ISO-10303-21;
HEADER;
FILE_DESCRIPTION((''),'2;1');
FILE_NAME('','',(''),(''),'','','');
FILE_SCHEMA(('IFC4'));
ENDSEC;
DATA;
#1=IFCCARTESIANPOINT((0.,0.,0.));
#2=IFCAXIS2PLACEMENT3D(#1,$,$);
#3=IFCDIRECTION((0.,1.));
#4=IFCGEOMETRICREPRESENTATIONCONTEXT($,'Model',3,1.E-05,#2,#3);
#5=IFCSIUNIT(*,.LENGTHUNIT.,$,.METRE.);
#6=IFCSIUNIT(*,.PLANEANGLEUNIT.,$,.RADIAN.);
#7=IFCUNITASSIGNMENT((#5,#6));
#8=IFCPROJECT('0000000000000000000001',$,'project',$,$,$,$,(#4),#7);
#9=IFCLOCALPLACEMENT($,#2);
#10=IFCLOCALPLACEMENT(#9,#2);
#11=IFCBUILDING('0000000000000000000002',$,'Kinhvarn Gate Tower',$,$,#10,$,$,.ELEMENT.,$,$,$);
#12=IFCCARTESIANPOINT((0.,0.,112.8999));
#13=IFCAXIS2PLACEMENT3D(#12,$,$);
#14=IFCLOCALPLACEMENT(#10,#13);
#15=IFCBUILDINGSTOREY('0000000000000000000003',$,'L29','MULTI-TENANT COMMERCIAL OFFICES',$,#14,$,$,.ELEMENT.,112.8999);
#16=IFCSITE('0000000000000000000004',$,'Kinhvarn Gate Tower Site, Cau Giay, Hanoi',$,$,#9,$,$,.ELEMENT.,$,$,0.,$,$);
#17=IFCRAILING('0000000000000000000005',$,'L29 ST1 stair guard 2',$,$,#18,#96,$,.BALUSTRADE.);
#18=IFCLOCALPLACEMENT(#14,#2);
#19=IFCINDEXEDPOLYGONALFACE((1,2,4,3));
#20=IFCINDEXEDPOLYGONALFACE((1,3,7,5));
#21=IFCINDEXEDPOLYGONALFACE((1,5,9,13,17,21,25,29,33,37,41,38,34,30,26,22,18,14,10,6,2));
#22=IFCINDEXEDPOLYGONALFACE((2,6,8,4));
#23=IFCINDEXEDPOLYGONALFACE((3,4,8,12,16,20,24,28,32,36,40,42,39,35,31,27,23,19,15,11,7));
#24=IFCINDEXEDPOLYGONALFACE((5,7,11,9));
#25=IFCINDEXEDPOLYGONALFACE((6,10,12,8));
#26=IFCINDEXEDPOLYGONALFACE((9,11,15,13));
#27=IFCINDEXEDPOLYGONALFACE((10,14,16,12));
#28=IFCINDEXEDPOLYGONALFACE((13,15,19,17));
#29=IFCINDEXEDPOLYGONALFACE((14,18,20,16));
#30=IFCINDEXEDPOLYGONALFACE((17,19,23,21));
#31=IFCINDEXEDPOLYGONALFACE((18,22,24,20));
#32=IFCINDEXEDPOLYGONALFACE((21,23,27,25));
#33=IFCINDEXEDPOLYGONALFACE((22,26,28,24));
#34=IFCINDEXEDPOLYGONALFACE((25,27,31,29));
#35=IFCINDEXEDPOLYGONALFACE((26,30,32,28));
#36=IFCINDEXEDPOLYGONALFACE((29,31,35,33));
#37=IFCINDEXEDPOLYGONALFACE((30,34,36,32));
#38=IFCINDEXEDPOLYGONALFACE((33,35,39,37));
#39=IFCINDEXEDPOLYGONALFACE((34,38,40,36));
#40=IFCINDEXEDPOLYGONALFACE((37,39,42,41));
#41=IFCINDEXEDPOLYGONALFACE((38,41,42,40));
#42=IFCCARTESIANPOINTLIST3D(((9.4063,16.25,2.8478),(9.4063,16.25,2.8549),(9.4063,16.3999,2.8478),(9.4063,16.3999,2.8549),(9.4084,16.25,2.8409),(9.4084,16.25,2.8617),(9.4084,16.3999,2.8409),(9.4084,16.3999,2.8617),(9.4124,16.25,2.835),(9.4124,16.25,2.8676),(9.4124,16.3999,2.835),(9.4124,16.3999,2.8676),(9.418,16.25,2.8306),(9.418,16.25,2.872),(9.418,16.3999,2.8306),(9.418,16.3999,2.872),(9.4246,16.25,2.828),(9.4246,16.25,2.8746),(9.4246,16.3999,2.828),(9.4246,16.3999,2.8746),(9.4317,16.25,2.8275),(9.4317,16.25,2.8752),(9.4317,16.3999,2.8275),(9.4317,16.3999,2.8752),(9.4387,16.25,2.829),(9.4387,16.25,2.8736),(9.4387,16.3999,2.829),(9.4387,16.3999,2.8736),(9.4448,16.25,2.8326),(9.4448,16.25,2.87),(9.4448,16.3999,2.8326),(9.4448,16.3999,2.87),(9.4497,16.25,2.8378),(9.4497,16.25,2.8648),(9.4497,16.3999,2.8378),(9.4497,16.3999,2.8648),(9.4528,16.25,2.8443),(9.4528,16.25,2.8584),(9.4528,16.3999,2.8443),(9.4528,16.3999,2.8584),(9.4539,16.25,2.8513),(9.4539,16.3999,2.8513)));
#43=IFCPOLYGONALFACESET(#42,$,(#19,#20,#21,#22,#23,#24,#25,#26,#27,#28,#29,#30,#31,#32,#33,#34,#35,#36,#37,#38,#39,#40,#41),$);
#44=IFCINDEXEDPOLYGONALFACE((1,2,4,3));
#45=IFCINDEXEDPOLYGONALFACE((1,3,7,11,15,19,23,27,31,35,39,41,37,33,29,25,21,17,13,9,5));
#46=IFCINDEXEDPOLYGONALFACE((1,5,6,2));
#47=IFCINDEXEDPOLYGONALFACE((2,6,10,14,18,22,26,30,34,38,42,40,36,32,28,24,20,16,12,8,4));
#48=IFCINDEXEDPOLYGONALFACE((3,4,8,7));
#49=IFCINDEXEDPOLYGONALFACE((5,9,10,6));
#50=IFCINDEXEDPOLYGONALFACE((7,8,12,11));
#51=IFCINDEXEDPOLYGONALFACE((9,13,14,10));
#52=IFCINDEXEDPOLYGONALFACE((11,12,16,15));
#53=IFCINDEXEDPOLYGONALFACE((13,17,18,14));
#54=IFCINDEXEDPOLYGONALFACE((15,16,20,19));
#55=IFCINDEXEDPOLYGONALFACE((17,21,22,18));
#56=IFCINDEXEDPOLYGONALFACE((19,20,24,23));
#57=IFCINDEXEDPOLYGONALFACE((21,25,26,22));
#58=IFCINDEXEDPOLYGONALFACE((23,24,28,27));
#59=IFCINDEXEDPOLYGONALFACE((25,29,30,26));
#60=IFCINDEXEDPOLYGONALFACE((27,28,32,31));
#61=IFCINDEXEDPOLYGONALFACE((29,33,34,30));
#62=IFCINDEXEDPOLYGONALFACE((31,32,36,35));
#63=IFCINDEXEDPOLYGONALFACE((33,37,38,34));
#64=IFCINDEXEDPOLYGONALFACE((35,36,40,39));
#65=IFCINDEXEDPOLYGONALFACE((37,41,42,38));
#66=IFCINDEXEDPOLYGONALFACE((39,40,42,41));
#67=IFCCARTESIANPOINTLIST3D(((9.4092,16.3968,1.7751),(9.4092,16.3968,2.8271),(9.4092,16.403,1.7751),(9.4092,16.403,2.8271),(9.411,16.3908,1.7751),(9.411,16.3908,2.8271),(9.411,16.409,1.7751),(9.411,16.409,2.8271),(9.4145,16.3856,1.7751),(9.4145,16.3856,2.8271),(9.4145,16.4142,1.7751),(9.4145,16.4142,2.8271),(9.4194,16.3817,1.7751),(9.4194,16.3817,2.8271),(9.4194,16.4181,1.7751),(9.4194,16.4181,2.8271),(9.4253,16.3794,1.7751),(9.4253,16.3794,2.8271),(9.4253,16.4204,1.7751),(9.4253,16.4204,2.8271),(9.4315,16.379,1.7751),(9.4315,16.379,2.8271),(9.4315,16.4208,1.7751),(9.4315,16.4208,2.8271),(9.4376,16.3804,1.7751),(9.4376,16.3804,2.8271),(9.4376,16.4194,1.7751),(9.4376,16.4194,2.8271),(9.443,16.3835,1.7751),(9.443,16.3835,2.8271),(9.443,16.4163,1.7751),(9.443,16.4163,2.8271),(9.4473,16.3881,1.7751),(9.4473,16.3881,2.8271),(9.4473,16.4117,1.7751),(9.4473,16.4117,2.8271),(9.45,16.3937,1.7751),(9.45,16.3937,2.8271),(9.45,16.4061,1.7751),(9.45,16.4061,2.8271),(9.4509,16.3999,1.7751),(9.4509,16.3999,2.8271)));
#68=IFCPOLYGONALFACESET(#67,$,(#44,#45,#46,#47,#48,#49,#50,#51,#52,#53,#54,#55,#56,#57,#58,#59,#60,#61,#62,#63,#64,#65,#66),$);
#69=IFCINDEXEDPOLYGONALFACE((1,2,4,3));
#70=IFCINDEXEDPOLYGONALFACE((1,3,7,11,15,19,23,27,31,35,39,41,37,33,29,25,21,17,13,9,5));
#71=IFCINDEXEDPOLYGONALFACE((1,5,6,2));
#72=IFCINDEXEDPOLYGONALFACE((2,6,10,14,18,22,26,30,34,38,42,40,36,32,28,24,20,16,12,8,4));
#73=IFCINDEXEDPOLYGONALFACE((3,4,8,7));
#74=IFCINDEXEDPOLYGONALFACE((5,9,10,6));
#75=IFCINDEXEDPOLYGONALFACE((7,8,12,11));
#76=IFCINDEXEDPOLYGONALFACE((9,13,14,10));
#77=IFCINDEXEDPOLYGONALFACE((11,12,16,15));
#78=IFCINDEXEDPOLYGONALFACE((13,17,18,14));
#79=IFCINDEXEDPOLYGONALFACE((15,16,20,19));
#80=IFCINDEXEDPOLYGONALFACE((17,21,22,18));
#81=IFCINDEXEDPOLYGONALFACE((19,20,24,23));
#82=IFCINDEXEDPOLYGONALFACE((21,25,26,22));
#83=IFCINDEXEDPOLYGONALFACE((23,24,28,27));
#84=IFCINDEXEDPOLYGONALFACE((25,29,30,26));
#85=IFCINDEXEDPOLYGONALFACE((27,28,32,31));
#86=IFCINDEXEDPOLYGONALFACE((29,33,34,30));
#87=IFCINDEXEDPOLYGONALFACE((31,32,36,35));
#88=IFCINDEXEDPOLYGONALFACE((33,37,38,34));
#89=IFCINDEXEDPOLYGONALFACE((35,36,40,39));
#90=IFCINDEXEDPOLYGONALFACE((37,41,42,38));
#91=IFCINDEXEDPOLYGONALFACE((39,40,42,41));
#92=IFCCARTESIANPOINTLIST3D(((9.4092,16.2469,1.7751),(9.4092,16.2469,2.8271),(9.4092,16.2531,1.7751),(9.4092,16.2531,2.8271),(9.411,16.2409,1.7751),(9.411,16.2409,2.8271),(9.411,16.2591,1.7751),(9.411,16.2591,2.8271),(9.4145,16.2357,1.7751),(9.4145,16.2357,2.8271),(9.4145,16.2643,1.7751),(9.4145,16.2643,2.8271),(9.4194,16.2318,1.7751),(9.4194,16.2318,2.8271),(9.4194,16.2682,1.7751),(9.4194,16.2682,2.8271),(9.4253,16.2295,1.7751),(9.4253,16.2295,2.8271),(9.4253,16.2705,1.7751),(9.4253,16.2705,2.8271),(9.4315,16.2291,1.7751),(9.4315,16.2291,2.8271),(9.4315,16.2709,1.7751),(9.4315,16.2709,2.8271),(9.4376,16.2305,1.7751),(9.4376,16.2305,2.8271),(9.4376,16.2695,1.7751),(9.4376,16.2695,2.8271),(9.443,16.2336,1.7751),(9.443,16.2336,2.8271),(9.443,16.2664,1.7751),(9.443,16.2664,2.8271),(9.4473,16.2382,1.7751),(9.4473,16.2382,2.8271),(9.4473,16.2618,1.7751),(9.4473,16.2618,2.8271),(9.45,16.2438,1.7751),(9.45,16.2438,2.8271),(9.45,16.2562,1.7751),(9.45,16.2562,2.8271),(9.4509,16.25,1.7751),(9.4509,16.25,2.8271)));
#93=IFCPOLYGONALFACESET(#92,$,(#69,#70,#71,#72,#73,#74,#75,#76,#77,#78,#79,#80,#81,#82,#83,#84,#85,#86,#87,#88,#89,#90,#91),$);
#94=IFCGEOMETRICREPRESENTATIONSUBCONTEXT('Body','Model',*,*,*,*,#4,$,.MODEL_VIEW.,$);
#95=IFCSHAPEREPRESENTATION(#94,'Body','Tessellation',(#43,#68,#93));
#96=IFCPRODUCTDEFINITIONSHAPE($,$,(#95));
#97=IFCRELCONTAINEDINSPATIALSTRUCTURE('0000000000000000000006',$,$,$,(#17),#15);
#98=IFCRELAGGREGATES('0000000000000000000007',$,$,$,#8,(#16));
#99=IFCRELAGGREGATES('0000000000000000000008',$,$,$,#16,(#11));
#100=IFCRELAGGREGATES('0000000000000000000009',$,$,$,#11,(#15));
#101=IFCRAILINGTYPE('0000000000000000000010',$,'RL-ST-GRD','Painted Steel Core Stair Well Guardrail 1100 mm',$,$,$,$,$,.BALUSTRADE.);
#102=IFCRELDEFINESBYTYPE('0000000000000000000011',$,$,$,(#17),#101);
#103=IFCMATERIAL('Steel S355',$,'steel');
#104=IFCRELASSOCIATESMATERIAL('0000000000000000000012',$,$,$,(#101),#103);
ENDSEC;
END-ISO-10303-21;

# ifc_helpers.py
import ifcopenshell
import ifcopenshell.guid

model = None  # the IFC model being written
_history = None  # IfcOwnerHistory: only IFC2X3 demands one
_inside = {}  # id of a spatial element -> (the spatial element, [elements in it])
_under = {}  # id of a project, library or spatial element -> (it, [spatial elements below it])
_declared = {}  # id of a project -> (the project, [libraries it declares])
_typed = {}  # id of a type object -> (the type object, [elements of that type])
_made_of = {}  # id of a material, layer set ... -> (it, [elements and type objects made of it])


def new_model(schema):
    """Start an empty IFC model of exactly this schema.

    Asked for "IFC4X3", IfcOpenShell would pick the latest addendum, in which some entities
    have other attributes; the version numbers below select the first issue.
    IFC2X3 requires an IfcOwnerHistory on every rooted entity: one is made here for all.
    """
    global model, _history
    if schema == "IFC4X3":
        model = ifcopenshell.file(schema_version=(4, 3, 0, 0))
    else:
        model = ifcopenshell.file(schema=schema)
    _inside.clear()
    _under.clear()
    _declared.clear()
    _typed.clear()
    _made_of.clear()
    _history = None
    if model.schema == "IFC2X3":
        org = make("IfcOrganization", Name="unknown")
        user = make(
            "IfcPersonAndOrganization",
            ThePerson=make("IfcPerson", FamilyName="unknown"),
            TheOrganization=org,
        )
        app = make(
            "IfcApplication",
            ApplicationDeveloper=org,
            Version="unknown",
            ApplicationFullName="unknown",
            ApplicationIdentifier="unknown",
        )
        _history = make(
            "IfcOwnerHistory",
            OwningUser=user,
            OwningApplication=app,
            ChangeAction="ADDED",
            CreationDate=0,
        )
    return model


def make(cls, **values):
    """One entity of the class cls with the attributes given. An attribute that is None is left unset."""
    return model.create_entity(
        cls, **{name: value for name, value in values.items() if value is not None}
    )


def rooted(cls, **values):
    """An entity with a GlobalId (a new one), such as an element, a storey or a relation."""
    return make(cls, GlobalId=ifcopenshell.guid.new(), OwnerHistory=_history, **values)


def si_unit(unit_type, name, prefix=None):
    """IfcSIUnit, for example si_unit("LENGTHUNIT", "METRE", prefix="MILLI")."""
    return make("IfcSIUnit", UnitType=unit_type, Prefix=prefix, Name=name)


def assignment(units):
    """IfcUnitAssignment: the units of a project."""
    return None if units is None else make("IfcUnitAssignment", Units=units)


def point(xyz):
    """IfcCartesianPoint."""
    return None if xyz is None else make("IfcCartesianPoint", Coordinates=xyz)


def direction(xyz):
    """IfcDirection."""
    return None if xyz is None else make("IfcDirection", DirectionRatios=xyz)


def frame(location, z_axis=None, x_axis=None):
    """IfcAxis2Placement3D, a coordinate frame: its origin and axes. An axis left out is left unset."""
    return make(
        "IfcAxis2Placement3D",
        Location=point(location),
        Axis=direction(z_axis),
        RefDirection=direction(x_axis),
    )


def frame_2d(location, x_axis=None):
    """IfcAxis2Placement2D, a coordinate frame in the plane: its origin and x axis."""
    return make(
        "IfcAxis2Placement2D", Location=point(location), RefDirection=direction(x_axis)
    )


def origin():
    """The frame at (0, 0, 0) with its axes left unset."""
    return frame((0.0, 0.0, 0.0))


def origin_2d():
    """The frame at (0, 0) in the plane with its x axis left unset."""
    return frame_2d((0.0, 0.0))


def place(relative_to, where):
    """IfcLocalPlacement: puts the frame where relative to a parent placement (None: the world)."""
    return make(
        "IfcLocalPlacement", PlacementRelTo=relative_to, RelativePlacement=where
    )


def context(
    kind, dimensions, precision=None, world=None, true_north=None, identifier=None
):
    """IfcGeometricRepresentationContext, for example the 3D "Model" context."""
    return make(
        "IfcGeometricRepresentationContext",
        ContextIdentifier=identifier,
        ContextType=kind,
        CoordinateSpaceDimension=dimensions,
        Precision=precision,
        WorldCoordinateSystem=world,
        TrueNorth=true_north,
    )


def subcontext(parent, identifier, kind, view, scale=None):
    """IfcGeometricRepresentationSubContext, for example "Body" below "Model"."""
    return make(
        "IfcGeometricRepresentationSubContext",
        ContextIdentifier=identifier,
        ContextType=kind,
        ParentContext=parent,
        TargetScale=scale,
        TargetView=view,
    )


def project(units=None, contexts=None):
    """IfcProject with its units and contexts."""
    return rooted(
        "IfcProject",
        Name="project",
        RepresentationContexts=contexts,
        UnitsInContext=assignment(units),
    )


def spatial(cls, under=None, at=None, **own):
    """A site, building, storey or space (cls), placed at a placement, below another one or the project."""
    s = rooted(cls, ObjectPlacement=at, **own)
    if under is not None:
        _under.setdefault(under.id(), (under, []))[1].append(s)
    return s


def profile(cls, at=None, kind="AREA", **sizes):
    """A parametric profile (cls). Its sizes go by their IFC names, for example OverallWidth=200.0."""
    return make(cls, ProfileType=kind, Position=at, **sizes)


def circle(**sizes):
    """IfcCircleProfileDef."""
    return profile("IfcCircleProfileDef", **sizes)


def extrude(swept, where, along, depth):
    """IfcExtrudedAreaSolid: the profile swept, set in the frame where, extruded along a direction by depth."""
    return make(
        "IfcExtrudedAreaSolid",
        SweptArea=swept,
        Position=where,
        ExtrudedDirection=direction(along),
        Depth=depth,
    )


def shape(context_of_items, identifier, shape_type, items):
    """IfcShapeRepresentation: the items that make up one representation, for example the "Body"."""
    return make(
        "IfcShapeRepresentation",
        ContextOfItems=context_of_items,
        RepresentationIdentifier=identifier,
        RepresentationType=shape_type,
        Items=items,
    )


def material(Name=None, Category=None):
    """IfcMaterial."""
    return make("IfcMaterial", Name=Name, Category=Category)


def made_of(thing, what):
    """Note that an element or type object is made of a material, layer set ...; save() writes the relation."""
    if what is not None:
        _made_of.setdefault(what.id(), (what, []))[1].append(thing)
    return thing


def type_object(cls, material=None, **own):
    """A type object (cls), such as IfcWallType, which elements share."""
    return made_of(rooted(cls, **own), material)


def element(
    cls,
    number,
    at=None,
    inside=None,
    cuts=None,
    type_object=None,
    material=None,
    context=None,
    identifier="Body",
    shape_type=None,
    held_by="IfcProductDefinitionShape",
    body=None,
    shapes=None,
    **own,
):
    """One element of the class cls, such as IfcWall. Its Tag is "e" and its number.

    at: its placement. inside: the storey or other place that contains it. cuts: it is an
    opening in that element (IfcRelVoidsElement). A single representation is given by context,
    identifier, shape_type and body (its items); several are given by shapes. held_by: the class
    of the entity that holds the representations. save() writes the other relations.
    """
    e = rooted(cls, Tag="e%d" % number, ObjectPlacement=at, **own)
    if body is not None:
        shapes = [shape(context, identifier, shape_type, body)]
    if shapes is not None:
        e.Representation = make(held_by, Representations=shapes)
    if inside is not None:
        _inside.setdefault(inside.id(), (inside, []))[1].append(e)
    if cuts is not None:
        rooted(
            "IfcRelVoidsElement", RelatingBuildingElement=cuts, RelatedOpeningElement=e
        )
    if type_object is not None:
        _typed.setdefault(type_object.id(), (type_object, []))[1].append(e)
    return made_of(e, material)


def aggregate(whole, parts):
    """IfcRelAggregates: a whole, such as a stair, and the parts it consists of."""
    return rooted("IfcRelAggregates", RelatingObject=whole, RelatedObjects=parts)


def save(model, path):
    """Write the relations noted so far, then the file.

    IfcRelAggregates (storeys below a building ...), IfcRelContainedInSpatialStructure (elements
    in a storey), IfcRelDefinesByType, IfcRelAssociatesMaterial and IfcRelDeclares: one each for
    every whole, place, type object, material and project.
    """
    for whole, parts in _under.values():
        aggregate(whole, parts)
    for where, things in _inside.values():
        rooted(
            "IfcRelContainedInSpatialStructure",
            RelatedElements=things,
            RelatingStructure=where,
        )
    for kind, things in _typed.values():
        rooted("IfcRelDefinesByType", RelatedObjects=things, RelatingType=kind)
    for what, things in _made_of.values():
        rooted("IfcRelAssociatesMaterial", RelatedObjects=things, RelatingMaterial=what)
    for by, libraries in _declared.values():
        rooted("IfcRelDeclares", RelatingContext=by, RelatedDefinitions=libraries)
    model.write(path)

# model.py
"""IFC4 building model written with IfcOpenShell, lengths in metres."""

from ifc_helpers import new_model, si_unit, direction, frame, origin, origin_2d, place, context, subcontext, project, spatial, circle, extrude, material, type_object, element, save


model = new_model("IFC4")

# Units and contexts
model_context = context("Model", 3, precision=1e-05, world=origin(), true_north=direction((0.0, 1.0)))
body_context = subcontext(model_context, "Body", "Model", "MODEL_VIEW")
ifc_project = project(units=[si_unit("LENGTHUNIT", "METRE"), si_unit("PLANEANGLEUNIT", "RADIAN")], contexts=[model_context])

# Site, building, storey
site_placement = place(None, origin())
site = spatial("IfcSite", under=ifc_project, at=site_placement, Name="Kinhvarn Gate Tower Site, Cau Giay, Hanoi", CompositionType="ELEMENT", RefElevation=0.0)
building_placement = place(site_placement, origin())
building = spatial("IfcBuilding", under=site, at=building_placement, Name="Kinhvarn Gate Tower", CompositionType="ELEMENT")
storey_placement = place(building_placement, frame((0.0, 0.0, 112.8999)))
storey = spatial("IfcBuildingStorey", under=building, at=storey_placement, Name="L29", Description="MULTI-TENANT COMMERCIAL OFFICES", CompositionType="ELEMENT", Elevation=112.8999)

# Shared definitions
ifc_material_1 = material(Name="Steel S355", Category="steel")

# Railing
railing_type_1 = type_object("IfcRailingType", Name="RL-ST-GRD", Description="Painted Steel Core Stair Well Guardrail 1100 mm", PredefinedType="BALUSTRADE", material=ifc_material_1)
railing_1_placement = place(storey_placement, frame((9.4299, 16.3999, 1.7751)))
element("IfcRailing", 1, at=railing_1_placement, inside=storey, type_object=railing_type_1, Name="L29 ST1 stair guard 2", PredefinedType="BALUSTRADE", context=body_context, shape_type="SweptSolid", body=[
    extrude(circle(Radius=0.0239, at=origin_2d()), frame((0.0, 0.0, 1.0762), z_axis=(0.0, -1.0, 0.0), x_axis=(1.0, 0.0, 0.0)), (0.0, 0.0, 1.0), 0.1499),
    extrude(circle(Radius=0.021, at=origin_2d()), origin(), (0.0, 0.0, 1.0), 1.052),
    extrude(circle(Radius=0.021, at=origin_2d()), frame((0.0, -0.1499, 0.0)), (0.0, 0.0, 1.0), 1.052),
])

save(model, "model.ifc")
